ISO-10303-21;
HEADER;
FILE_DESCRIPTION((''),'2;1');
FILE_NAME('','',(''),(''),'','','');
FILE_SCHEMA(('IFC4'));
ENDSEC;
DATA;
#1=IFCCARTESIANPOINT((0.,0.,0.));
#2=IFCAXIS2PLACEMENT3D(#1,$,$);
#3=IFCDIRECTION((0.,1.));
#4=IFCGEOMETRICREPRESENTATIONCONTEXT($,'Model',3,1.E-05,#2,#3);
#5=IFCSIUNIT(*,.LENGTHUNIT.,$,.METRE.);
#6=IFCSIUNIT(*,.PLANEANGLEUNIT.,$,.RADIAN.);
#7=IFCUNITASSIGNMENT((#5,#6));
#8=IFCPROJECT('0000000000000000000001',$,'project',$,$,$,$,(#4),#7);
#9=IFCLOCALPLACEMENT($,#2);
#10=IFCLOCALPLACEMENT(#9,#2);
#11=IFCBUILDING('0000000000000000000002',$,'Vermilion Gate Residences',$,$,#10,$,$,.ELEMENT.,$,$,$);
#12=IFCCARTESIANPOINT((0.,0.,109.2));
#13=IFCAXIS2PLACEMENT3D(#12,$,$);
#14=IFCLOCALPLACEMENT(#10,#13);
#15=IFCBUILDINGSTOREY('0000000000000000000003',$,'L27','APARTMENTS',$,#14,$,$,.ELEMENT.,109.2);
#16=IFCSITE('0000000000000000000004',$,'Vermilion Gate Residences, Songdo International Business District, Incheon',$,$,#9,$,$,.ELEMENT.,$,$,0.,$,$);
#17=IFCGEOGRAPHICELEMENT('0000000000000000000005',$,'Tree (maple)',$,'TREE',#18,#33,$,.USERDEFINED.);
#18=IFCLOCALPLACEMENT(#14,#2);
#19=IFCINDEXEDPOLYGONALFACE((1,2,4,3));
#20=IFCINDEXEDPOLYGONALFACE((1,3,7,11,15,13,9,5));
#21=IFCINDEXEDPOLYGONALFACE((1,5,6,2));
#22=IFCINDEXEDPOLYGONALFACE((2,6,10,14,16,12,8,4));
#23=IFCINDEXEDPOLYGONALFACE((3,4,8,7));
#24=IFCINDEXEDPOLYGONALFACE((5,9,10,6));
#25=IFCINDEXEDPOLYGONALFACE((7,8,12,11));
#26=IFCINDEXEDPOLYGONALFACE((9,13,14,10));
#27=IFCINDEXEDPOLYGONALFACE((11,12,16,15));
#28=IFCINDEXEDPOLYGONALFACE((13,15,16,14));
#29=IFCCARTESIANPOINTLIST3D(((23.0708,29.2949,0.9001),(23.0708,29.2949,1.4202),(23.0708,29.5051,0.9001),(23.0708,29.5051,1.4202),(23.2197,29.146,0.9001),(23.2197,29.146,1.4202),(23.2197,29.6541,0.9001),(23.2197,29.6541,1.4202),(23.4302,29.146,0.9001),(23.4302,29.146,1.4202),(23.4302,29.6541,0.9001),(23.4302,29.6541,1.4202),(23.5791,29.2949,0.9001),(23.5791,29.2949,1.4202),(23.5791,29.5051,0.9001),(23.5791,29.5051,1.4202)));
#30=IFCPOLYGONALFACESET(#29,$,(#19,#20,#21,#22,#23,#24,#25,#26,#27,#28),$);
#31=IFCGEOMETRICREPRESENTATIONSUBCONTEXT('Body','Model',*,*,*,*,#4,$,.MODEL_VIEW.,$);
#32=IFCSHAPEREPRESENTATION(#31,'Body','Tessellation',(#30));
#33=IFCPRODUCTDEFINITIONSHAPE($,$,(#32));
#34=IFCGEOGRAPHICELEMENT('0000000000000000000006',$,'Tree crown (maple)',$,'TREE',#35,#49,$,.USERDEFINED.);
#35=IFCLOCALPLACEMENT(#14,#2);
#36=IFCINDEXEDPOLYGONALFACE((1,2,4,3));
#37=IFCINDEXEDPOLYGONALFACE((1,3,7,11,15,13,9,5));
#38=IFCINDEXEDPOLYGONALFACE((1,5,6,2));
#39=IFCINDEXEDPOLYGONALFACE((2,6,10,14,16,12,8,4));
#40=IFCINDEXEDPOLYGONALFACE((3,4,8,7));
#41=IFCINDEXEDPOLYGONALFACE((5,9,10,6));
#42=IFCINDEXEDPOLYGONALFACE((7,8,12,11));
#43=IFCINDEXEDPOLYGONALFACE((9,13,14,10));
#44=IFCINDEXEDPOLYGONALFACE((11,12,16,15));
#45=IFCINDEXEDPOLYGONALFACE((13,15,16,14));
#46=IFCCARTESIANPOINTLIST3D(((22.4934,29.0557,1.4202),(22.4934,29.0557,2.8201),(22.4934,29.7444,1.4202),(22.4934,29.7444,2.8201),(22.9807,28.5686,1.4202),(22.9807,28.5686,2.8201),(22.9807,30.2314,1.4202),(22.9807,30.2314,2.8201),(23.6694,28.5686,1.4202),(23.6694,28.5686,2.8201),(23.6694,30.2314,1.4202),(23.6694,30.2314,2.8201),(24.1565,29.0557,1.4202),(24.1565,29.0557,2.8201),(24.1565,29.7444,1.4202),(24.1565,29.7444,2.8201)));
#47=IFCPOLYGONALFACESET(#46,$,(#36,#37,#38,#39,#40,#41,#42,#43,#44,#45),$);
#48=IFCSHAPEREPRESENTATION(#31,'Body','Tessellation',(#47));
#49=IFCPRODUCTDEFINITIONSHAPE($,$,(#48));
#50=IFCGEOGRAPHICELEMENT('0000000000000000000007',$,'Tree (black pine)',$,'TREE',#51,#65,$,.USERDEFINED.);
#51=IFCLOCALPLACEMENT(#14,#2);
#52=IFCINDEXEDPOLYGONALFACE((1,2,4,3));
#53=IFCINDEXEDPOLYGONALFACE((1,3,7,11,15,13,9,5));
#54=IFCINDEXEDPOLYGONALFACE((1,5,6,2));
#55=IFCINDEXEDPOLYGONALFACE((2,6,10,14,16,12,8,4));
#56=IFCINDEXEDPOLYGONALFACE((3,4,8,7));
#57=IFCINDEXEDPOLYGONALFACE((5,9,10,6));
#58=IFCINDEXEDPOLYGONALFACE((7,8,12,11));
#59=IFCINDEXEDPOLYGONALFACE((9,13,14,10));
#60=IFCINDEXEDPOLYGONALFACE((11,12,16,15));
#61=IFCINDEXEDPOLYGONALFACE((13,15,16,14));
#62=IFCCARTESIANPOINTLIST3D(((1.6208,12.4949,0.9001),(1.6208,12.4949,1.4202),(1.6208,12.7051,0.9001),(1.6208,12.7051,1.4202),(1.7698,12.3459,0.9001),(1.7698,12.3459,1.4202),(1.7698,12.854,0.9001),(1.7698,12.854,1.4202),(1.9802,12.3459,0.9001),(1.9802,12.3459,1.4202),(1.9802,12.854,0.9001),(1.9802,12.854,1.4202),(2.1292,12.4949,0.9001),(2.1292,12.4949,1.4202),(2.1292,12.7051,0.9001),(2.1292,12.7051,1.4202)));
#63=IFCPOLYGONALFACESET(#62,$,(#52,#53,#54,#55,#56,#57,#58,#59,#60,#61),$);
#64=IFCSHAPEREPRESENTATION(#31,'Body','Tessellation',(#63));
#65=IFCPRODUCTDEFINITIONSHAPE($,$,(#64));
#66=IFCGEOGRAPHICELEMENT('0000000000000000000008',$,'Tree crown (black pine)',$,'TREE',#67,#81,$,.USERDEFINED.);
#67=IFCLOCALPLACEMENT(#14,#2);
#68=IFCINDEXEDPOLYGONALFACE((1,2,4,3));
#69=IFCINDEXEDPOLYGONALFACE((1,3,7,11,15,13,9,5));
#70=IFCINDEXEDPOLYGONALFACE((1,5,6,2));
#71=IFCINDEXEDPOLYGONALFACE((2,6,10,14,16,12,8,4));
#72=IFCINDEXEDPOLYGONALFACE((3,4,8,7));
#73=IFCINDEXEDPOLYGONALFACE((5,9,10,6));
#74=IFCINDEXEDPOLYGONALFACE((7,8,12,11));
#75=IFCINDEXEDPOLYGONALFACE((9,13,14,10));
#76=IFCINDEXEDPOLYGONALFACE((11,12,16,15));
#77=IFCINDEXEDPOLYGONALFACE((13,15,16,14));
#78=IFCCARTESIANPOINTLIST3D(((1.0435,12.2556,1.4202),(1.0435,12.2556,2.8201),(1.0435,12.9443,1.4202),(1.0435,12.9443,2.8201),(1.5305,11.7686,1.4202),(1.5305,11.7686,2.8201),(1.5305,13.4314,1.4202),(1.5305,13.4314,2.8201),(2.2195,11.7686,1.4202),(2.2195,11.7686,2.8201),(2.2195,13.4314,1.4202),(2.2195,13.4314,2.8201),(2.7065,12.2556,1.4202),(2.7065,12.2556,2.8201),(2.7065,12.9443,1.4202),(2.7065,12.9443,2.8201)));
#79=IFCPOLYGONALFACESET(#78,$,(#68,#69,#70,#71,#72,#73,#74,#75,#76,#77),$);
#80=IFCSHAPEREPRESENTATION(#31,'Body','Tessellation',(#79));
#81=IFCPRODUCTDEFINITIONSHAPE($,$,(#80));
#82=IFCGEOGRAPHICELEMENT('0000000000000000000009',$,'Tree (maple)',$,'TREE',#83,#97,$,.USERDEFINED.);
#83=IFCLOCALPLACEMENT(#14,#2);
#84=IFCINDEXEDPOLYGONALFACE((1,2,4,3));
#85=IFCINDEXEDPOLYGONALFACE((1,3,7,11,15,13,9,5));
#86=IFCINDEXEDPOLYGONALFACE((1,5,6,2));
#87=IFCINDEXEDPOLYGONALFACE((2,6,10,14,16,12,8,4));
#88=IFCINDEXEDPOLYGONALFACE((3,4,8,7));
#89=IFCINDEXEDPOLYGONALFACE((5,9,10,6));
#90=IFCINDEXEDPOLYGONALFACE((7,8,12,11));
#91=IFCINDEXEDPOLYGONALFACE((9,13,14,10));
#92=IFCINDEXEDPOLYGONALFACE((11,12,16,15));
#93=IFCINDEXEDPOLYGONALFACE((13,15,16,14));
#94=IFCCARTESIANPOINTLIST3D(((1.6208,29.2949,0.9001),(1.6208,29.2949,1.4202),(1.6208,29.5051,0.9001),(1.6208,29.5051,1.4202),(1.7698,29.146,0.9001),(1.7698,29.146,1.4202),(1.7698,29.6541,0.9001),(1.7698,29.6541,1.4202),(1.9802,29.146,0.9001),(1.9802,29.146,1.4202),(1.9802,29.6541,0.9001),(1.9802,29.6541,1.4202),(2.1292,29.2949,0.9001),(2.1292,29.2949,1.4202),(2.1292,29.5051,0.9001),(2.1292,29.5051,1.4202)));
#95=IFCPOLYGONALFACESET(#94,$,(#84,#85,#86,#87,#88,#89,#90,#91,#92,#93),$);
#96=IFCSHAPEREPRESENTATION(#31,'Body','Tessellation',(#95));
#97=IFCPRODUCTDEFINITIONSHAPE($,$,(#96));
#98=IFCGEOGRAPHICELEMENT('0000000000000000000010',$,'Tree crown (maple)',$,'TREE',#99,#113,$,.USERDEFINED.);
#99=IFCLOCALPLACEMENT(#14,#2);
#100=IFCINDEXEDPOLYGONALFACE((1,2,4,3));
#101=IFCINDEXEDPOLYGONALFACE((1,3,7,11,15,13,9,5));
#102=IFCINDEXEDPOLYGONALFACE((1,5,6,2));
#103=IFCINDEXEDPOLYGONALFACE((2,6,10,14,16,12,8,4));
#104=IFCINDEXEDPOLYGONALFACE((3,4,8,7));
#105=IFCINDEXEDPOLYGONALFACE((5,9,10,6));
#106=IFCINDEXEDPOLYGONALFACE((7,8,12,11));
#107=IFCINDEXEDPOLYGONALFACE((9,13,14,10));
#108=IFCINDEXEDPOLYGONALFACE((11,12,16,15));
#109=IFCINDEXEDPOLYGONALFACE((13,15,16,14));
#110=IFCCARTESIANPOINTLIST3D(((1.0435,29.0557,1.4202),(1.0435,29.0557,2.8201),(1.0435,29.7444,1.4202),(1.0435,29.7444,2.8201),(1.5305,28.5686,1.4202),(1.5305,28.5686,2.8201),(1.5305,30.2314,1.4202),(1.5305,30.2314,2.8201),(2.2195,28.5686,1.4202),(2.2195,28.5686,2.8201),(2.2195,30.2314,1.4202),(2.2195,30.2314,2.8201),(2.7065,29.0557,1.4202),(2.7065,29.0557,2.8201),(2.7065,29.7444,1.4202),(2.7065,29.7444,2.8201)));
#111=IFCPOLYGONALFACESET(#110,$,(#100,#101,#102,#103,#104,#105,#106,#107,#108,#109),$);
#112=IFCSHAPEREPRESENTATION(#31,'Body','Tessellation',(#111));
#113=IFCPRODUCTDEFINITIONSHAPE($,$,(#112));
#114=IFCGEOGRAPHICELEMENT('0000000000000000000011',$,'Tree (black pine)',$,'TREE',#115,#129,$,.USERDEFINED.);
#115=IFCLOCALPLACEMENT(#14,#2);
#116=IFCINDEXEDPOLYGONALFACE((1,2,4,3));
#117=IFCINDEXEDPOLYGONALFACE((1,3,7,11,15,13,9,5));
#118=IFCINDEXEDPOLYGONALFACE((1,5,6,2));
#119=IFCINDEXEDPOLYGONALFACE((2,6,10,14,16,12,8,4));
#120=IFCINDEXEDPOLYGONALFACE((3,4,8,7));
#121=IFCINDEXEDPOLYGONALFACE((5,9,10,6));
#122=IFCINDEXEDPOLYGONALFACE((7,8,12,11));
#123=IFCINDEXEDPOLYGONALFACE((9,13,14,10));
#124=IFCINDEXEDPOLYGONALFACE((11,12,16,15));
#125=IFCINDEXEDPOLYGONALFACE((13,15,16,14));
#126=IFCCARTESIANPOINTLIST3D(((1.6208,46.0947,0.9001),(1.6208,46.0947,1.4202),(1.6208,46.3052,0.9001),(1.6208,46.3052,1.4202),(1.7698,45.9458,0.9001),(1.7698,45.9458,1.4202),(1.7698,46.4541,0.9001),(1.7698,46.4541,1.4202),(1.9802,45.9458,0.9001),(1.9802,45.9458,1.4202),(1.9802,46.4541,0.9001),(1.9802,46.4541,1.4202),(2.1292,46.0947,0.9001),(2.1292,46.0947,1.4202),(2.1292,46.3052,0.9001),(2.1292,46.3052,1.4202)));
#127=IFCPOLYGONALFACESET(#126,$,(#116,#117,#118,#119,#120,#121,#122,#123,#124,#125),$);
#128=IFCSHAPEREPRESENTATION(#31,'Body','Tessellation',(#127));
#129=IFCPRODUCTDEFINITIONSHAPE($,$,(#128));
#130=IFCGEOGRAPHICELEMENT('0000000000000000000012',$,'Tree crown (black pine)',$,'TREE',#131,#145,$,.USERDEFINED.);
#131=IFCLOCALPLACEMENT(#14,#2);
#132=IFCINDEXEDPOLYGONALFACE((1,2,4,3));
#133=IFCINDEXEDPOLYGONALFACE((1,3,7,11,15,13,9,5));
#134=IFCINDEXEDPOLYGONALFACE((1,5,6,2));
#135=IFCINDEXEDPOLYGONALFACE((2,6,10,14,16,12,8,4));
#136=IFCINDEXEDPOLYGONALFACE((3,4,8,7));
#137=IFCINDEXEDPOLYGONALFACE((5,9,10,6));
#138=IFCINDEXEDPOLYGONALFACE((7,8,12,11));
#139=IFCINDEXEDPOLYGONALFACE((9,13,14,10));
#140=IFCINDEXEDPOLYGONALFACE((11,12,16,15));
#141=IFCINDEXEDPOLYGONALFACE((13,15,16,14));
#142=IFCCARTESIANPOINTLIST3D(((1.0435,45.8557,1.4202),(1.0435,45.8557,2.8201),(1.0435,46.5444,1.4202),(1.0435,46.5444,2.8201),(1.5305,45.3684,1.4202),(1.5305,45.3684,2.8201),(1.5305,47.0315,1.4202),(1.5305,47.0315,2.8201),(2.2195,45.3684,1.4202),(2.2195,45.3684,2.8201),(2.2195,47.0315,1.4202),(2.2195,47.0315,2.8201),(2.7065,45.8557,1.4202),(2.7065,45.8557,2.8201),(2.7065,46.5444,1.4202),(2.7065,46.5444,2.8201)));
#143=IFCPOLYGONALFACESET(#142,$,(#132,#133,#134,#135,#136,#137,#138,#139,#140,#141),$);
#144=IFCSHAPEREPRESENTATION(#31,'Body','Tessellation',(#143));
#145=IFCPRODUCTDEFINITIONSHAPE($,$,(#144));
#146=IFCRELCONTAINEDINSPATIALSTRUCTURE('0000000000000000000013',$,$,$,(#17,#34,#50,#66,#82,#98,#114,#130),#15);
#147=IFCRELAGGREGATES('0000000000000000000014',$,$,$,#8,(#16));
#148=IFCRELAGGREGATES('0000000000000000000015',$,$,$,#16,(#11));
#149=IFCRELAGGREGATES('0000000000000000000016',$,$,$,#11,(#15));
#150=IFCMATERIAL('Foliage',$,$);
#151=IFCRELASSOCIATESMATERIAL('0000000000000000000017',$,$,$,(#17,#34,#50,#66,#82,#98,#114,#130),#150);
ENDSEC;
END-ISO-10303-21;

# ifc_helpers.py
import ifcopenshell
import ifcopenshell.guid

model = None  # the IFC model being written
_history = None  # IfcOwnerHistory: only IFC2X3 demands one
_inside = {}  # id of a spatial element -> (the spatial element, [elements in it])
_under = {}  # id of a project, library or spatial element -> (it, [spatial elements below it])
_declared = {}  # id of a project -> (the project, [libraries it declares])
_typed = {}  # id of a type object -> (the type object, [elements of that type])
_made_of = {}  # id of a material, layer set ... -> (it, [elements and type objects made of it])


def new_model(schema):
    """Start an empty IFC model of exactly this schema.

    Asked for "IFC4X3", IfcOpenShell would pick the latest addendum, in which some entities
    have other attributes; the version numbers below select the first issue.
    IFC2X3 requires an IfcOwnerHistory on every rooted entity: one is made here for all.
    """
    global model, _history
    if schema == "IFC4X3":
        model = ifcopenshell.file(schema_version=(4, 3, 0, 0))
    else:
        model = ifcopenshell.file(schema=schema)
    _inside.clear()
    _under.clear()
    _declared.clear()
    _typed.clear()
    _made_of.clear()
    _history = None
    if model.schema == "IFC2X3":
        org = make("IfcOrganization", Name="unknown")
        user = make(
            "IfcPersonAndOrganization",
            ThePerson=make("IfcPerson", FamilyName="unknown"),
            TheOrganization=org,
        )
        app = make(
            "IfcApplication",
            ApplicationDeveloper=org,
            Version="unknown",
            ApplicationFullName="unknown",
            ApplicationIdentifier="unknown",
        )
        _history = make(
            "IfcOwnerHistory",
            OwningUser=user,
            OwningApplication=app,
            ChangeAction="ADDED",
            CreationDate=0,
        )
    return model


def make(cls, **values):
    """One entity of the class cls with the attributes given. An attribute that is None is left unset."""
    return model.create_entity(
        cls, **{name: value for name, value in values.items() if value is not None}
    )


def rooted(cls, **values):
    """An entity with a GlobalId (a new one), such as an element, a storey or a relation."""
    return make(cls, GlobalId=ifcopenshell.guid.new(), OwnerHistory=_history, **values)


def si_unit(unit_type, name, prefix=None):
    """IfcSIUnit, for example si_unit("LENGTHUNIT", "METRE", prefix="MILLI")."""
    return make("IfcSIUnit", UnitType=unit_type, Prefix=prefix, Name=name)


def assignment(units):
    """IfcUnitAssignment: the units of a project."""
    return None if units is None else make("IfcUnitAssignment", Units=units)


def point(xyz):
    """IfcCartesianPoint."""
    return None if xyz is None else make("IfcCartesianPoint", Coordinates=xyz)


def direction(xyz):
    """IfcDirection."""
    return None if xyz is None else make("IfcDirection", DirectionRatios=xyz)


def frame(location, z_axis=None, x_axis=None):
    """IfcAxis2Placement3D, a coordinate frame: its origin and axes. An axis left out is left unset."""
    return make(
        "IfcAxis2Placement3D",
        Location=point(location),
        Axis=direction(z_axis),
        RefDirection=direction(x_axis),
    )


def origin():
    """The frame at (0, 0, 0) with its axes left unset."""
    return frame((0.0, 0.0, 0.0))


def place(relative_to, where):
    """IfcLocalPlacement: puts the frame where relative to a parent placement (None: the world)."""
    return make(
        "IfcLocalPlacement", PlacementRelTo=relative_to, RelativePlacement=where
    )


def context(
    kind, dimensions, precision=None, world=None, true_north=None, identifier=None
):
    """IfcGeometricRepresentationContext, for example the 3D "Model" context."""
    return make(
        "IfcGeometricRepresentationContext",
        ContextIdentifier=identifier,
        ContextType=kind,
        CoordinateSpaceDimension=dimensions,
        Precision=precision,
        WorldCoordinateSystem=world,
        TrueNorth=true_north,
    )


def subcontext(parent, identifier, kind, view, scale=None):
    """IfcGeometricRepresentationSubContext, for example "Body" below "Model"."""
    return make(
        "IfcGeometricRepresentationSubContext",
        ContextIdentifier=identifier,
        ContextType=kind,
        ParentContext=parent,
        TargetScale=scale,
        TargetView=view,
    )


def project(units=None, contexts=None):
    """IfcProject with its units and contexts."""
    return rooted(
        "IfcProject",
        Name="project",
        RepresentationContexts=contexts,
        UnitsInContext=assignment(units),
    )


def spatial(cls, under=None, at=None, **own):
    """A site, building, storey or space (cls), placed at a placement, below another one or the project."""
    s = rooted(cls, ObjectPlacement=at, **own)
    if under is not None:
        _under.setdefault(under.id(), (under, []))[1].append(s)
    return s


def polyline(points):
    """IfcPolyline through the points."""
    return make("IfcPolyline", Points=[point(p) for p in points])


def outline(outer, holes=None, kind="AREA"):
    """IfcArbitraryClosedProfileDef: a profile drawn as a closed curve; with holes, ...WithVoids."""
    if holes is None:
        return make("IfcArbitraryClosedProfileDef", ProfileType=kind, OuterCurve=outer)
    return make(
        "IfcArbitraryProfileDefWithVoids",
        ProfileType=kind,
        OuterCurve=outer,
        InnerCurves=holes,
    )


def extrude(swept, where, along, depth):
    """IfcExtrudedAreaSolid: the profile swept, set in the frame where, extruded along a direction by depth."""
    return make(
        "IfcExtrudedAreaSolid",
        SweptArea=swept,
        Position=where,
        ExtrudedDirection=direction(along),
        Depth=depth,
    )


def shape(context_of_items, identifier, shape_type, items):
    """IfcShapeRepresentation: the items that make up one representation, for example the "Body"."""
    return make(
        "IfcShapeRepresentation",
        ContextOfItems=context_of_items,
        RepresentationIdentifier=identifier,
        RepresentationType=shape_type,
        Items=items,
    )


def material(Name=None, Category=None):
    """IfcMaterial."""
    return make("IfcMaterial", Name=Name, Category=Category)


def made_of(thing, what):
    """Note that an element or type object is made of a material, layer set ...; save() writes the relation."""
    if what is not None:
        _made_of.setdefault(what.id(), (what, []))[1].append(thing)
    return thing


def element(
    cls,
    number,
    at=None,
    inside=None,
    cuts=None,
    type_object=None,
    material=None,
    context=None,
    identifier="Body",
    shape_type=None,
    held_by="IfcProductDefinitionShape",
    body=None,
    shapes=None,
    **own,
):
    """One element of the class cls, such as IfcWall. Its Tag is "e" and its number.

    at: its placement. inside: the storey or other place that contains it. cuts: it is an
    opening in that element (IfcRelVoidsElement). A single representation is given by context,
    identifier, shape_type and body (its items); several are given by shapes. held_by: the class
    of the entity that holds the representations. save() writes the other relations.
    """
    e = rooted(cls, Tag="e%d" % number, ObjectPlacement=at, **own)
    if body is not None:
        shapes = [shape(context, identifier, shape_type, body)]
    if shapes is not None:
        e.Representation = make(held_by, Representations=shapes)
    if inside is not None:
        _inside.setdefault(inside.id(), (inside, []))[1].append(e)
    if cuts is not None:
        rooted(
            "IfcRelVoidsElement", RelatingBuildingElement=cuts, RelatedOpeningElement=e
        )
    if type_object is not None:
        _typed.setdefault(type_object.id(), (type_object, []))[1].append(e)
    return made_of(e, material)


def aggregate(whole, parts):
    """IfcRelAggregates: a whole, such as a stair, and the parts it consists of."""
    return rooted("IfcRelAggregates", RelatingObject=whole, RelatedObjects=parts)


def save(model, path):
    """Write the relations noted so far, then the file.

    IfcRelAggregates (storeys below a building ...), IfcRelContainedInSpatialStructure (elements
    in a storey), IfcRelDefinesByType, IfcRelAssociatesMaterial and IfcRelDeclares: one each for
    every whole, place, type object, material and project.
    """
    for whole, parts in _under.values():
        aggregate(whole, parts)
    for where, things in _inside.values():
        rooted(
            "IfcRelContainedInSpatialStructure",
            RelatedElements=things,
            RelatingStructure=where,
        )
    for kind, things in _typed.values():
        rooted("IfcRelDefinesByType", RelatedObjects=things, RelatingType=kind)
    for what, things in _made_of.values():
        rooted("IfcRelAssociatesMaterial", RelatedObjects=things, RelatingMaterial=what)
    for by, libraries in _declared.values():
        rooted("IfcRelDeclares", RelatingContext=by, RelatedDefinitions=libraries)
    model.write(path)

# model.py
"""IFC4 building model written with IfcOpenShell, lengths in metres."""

from ifc_helpers import new_model, si_unit, direction, frame, origin, place, context, subcontext, project, spatial, polyline, outline, extrude, material, element, save


model = new_model("IFC4")

# Units and contexts
model_context = context("Model", 3, precision=1e-05, world=origin(), true_north=direction((0.0, 1.0)))
body_context = subcontext(model_context, "Body", "Model", "MODEL_VIEW")
ifc_project = project(units=[si_unit("LENGTHUNIT", "METRE"), si_unit("PLANEANGLEUNIT", "RADIAN")], contexts=[model_context])

# Site, building, storey
site_placement = place(None, origin())
site = spatial("IfcSite", under=ifc_project, at=site_placement, Name="Vermilion Gate Residences, Songdo International Business District, Incheon", CompositionType="ELEMENT", RefElevation=0.0)
building_placement = place(site_placement, origin())
building = spatial("IfcBuilding", under=site, at=building_placement, Name="Vermilion Gate Residences", CompositionType="ELEMENT")
storey_placement = place(building_placement, frame((0.0, 0.0, 109.2)))
storey = spatial("IfcBuildingStorey", under=building, at=storey_placement, Name="L27", Description="APARTMENTS", CompositionType="ELEMENT", Elevation=109.2)

# Geographic elements
ifc_material_1 = material(Name="Foliage")
geographic_element_1_placement = place(storey_placement, frame((0.0, 0.0, 0.9001)))
element("IfcGeographicElement", 1, at=geographic_element_1_placement, inside=storey, material=ifc_material_1, Name="Tree (maple)", ObjectType="TREE", PredefinedType="USERDEFINED", context=body_context, shape_type="SweptSolid", body=[
    extrude(outline(polyline([(23.5791, 29.5051), (23.4302, 29.6541), (23.2197, 29.6541), (23.0708, 29.5051), (23.0708, 29.2949), (23.2197, 29.146), (23.4302, 29.146), (23.5791, 29.2949), (23.5791, 29.5051)])), origin(), (0.0, 0.0, 1.0), 0.52),
])
geographic_element_2_placement = place(storey_placement, frame((0.0, 0.0, 1.4202)))
element("IfcGeographicElement", 2, at=geographic_element_2_placement, inside=storey, material=ifc_material_1, Name="Tree crown (maple)", ObjectType="TREE", PredefinedType="USERDEFINED", context=body_context, shape_type="SweptSolid", body=[
    extrude(outline(polyline([(24.1565, 29.7444), (23.6694, 30.2314), (22.9807, 30.2314), (22.4934, 29.7444), (22.4934, 29.0557), (22.9807, 28.5686), (23.6694, 28.5686), (24.1565, 29.0557), (24.1565, 29.7444)])), origin(), (0.0, 0.0, 1.0), 1.3999),
])
geographic_element_3_placement = place(storey_placement, frame((0.0, 0.0, 0.9001)))
element("IfcGeographicElement", 3, at=geographic_element_3_placement, inside=storey, material=ifc_material_1, Name="Tree (black pine)", ObjectType="TREE", PredefinedType="USERDEFINED", context=body_context, shape_type="SweptSolid", body=[
    extrude(outline(polyline([(2.1292, 12.7051), (1.9802, 12.854), (1.7698, 12.854), (1.6208, 12.7051), (1.6208, 12.4949), (1.7698, 12.3459), (1.9802, 12.3459), (2.1292, 12.4949), (2.1292, 12.7051)])), origin(), (0.0, 0.0, 1.0), 0.52),
])
geographic_element_4_placement = place(storey_placement, frame((0.0, 0.0, 1.4202)))
element("IfcGeographicElement", 4, at=geographic_element_4_placement, inside=storey, material=ifc_material_1, Name="Tree crown (black pine)", ObjectType="TREE", PredefinedType="USERDEFINED", context=body_context, shape_type="SweptSolid", body=[
    extrude(outline(polyline([(2.7065, 12.9443), (2.2195, 13.4314), (1.5305, 13.4314), (1.0435, 12.9443), (1.0435, 12.2556), (1.5305, 11.7686), (2.2195, 11.7686), (2.7065, 12.2556), (2.7065, 12.9443)])), origin(), (0.0, 0.0, 1.0), 1.3999),
])
geographic_element_5_placement = place(storey_placement, frame((0.0, 0.0, 0.9001)))
element("IfcGeographicElement", 5, at=geographic_element_5_placement, inside=storey, material=ifc_material_1, Name="Tree (maple)", ObjectType="TREE", PredefinedType="USERDEFINED", context=body_context, shape_type="SweptSolid", body=[
    extrude(outline(polyline([(2.1292, 29.5051), (1.9802, 29.6541), (1.7698, 29.6541), (1.6208, 29.5051), (1.6208, 29.2949), (1.7698, 29.146), (1.9802, 29.146), (2.1292, 29.2949), (2.1292, 29.5051)])), origin(), (0.0, 0.0, 1.0), 0.52),
])
geographic_element_6_placement = place(storey_placement, frame((0.0, 0.0, 1.4202)))
element("IfcGeographicElement", 6, at=geographic_element_6_placement, inside=storey, material=ifc_material_1, Name="Tree crown (maple)", ObjectType="TREE", PredefinedType="USERDEFINED", context=body_context, shape_type="SweptSolid", body=[
    extrude(outline(polyline([(2.7065, 29.7444), (2.2195, 30.2314), (1.5305, 30.2314), (1.0435, 29.7444), (1.0435, 29.0557), (1.5305, 28.5686), (2.2195, 28.5686), (2.7065, 29.0557), (2.7065, 29.7444)])), origin(), (0.0, 0.0, 1.0), 1.3999),
])
geographic_element_7_placement = place(storey_placement, frame((0.0, 0.0, 0.9001)))
element("IfcGeographicElement", 7, at=geographic_element_7_placement, inside=storey, material=ifc_material_1, Name="Tree (black pine)", ObjectType="TREE", PredefinedType="USERDEFINED", context=body_context, shape_type="SweptSolid", body=[
    extrude(outline(polyline([(2.1292, 46.3052), (1.9802, 46.4541), (1.7698, 46.4541), (1.6208, 46.3052), (1.6208, 46.0947), (1.7698, 45.9458), (1.9802, 45.9458), (2.1292, 46.0947), (2.1292, 46.3052)])), origin(), (0.0, 0.0, 1.0), 0.52),
])
geographic_element_8_placement = place(storey_placement, frame((0.0, 0.0, 1.4202)))
element("IfcGeographicElement", 8, at=geographic_element_8_placement, inside=storey, material=ifc_material_1, Name="Tree crown (black pine)", ObjectType="TREE", PredefinedType="USERDEFINED", context=body_context, shape_type="SweptSolid", body=[
    extrude(outline(polyline([(2.7065, 46.5444), (2.2195, 47.0315), (1.5305, 47.0315), (1.0435, 46.5444), (1.0435, 45.8557), (1.5305, 45.3684), (2.2195, 45.3684), (2.7065, 45.8557), (2.7065, 46.5444)])), origin(), (0.0, 0.0, 1.0), 1.3999),
])

save(model, "model.ifc")
